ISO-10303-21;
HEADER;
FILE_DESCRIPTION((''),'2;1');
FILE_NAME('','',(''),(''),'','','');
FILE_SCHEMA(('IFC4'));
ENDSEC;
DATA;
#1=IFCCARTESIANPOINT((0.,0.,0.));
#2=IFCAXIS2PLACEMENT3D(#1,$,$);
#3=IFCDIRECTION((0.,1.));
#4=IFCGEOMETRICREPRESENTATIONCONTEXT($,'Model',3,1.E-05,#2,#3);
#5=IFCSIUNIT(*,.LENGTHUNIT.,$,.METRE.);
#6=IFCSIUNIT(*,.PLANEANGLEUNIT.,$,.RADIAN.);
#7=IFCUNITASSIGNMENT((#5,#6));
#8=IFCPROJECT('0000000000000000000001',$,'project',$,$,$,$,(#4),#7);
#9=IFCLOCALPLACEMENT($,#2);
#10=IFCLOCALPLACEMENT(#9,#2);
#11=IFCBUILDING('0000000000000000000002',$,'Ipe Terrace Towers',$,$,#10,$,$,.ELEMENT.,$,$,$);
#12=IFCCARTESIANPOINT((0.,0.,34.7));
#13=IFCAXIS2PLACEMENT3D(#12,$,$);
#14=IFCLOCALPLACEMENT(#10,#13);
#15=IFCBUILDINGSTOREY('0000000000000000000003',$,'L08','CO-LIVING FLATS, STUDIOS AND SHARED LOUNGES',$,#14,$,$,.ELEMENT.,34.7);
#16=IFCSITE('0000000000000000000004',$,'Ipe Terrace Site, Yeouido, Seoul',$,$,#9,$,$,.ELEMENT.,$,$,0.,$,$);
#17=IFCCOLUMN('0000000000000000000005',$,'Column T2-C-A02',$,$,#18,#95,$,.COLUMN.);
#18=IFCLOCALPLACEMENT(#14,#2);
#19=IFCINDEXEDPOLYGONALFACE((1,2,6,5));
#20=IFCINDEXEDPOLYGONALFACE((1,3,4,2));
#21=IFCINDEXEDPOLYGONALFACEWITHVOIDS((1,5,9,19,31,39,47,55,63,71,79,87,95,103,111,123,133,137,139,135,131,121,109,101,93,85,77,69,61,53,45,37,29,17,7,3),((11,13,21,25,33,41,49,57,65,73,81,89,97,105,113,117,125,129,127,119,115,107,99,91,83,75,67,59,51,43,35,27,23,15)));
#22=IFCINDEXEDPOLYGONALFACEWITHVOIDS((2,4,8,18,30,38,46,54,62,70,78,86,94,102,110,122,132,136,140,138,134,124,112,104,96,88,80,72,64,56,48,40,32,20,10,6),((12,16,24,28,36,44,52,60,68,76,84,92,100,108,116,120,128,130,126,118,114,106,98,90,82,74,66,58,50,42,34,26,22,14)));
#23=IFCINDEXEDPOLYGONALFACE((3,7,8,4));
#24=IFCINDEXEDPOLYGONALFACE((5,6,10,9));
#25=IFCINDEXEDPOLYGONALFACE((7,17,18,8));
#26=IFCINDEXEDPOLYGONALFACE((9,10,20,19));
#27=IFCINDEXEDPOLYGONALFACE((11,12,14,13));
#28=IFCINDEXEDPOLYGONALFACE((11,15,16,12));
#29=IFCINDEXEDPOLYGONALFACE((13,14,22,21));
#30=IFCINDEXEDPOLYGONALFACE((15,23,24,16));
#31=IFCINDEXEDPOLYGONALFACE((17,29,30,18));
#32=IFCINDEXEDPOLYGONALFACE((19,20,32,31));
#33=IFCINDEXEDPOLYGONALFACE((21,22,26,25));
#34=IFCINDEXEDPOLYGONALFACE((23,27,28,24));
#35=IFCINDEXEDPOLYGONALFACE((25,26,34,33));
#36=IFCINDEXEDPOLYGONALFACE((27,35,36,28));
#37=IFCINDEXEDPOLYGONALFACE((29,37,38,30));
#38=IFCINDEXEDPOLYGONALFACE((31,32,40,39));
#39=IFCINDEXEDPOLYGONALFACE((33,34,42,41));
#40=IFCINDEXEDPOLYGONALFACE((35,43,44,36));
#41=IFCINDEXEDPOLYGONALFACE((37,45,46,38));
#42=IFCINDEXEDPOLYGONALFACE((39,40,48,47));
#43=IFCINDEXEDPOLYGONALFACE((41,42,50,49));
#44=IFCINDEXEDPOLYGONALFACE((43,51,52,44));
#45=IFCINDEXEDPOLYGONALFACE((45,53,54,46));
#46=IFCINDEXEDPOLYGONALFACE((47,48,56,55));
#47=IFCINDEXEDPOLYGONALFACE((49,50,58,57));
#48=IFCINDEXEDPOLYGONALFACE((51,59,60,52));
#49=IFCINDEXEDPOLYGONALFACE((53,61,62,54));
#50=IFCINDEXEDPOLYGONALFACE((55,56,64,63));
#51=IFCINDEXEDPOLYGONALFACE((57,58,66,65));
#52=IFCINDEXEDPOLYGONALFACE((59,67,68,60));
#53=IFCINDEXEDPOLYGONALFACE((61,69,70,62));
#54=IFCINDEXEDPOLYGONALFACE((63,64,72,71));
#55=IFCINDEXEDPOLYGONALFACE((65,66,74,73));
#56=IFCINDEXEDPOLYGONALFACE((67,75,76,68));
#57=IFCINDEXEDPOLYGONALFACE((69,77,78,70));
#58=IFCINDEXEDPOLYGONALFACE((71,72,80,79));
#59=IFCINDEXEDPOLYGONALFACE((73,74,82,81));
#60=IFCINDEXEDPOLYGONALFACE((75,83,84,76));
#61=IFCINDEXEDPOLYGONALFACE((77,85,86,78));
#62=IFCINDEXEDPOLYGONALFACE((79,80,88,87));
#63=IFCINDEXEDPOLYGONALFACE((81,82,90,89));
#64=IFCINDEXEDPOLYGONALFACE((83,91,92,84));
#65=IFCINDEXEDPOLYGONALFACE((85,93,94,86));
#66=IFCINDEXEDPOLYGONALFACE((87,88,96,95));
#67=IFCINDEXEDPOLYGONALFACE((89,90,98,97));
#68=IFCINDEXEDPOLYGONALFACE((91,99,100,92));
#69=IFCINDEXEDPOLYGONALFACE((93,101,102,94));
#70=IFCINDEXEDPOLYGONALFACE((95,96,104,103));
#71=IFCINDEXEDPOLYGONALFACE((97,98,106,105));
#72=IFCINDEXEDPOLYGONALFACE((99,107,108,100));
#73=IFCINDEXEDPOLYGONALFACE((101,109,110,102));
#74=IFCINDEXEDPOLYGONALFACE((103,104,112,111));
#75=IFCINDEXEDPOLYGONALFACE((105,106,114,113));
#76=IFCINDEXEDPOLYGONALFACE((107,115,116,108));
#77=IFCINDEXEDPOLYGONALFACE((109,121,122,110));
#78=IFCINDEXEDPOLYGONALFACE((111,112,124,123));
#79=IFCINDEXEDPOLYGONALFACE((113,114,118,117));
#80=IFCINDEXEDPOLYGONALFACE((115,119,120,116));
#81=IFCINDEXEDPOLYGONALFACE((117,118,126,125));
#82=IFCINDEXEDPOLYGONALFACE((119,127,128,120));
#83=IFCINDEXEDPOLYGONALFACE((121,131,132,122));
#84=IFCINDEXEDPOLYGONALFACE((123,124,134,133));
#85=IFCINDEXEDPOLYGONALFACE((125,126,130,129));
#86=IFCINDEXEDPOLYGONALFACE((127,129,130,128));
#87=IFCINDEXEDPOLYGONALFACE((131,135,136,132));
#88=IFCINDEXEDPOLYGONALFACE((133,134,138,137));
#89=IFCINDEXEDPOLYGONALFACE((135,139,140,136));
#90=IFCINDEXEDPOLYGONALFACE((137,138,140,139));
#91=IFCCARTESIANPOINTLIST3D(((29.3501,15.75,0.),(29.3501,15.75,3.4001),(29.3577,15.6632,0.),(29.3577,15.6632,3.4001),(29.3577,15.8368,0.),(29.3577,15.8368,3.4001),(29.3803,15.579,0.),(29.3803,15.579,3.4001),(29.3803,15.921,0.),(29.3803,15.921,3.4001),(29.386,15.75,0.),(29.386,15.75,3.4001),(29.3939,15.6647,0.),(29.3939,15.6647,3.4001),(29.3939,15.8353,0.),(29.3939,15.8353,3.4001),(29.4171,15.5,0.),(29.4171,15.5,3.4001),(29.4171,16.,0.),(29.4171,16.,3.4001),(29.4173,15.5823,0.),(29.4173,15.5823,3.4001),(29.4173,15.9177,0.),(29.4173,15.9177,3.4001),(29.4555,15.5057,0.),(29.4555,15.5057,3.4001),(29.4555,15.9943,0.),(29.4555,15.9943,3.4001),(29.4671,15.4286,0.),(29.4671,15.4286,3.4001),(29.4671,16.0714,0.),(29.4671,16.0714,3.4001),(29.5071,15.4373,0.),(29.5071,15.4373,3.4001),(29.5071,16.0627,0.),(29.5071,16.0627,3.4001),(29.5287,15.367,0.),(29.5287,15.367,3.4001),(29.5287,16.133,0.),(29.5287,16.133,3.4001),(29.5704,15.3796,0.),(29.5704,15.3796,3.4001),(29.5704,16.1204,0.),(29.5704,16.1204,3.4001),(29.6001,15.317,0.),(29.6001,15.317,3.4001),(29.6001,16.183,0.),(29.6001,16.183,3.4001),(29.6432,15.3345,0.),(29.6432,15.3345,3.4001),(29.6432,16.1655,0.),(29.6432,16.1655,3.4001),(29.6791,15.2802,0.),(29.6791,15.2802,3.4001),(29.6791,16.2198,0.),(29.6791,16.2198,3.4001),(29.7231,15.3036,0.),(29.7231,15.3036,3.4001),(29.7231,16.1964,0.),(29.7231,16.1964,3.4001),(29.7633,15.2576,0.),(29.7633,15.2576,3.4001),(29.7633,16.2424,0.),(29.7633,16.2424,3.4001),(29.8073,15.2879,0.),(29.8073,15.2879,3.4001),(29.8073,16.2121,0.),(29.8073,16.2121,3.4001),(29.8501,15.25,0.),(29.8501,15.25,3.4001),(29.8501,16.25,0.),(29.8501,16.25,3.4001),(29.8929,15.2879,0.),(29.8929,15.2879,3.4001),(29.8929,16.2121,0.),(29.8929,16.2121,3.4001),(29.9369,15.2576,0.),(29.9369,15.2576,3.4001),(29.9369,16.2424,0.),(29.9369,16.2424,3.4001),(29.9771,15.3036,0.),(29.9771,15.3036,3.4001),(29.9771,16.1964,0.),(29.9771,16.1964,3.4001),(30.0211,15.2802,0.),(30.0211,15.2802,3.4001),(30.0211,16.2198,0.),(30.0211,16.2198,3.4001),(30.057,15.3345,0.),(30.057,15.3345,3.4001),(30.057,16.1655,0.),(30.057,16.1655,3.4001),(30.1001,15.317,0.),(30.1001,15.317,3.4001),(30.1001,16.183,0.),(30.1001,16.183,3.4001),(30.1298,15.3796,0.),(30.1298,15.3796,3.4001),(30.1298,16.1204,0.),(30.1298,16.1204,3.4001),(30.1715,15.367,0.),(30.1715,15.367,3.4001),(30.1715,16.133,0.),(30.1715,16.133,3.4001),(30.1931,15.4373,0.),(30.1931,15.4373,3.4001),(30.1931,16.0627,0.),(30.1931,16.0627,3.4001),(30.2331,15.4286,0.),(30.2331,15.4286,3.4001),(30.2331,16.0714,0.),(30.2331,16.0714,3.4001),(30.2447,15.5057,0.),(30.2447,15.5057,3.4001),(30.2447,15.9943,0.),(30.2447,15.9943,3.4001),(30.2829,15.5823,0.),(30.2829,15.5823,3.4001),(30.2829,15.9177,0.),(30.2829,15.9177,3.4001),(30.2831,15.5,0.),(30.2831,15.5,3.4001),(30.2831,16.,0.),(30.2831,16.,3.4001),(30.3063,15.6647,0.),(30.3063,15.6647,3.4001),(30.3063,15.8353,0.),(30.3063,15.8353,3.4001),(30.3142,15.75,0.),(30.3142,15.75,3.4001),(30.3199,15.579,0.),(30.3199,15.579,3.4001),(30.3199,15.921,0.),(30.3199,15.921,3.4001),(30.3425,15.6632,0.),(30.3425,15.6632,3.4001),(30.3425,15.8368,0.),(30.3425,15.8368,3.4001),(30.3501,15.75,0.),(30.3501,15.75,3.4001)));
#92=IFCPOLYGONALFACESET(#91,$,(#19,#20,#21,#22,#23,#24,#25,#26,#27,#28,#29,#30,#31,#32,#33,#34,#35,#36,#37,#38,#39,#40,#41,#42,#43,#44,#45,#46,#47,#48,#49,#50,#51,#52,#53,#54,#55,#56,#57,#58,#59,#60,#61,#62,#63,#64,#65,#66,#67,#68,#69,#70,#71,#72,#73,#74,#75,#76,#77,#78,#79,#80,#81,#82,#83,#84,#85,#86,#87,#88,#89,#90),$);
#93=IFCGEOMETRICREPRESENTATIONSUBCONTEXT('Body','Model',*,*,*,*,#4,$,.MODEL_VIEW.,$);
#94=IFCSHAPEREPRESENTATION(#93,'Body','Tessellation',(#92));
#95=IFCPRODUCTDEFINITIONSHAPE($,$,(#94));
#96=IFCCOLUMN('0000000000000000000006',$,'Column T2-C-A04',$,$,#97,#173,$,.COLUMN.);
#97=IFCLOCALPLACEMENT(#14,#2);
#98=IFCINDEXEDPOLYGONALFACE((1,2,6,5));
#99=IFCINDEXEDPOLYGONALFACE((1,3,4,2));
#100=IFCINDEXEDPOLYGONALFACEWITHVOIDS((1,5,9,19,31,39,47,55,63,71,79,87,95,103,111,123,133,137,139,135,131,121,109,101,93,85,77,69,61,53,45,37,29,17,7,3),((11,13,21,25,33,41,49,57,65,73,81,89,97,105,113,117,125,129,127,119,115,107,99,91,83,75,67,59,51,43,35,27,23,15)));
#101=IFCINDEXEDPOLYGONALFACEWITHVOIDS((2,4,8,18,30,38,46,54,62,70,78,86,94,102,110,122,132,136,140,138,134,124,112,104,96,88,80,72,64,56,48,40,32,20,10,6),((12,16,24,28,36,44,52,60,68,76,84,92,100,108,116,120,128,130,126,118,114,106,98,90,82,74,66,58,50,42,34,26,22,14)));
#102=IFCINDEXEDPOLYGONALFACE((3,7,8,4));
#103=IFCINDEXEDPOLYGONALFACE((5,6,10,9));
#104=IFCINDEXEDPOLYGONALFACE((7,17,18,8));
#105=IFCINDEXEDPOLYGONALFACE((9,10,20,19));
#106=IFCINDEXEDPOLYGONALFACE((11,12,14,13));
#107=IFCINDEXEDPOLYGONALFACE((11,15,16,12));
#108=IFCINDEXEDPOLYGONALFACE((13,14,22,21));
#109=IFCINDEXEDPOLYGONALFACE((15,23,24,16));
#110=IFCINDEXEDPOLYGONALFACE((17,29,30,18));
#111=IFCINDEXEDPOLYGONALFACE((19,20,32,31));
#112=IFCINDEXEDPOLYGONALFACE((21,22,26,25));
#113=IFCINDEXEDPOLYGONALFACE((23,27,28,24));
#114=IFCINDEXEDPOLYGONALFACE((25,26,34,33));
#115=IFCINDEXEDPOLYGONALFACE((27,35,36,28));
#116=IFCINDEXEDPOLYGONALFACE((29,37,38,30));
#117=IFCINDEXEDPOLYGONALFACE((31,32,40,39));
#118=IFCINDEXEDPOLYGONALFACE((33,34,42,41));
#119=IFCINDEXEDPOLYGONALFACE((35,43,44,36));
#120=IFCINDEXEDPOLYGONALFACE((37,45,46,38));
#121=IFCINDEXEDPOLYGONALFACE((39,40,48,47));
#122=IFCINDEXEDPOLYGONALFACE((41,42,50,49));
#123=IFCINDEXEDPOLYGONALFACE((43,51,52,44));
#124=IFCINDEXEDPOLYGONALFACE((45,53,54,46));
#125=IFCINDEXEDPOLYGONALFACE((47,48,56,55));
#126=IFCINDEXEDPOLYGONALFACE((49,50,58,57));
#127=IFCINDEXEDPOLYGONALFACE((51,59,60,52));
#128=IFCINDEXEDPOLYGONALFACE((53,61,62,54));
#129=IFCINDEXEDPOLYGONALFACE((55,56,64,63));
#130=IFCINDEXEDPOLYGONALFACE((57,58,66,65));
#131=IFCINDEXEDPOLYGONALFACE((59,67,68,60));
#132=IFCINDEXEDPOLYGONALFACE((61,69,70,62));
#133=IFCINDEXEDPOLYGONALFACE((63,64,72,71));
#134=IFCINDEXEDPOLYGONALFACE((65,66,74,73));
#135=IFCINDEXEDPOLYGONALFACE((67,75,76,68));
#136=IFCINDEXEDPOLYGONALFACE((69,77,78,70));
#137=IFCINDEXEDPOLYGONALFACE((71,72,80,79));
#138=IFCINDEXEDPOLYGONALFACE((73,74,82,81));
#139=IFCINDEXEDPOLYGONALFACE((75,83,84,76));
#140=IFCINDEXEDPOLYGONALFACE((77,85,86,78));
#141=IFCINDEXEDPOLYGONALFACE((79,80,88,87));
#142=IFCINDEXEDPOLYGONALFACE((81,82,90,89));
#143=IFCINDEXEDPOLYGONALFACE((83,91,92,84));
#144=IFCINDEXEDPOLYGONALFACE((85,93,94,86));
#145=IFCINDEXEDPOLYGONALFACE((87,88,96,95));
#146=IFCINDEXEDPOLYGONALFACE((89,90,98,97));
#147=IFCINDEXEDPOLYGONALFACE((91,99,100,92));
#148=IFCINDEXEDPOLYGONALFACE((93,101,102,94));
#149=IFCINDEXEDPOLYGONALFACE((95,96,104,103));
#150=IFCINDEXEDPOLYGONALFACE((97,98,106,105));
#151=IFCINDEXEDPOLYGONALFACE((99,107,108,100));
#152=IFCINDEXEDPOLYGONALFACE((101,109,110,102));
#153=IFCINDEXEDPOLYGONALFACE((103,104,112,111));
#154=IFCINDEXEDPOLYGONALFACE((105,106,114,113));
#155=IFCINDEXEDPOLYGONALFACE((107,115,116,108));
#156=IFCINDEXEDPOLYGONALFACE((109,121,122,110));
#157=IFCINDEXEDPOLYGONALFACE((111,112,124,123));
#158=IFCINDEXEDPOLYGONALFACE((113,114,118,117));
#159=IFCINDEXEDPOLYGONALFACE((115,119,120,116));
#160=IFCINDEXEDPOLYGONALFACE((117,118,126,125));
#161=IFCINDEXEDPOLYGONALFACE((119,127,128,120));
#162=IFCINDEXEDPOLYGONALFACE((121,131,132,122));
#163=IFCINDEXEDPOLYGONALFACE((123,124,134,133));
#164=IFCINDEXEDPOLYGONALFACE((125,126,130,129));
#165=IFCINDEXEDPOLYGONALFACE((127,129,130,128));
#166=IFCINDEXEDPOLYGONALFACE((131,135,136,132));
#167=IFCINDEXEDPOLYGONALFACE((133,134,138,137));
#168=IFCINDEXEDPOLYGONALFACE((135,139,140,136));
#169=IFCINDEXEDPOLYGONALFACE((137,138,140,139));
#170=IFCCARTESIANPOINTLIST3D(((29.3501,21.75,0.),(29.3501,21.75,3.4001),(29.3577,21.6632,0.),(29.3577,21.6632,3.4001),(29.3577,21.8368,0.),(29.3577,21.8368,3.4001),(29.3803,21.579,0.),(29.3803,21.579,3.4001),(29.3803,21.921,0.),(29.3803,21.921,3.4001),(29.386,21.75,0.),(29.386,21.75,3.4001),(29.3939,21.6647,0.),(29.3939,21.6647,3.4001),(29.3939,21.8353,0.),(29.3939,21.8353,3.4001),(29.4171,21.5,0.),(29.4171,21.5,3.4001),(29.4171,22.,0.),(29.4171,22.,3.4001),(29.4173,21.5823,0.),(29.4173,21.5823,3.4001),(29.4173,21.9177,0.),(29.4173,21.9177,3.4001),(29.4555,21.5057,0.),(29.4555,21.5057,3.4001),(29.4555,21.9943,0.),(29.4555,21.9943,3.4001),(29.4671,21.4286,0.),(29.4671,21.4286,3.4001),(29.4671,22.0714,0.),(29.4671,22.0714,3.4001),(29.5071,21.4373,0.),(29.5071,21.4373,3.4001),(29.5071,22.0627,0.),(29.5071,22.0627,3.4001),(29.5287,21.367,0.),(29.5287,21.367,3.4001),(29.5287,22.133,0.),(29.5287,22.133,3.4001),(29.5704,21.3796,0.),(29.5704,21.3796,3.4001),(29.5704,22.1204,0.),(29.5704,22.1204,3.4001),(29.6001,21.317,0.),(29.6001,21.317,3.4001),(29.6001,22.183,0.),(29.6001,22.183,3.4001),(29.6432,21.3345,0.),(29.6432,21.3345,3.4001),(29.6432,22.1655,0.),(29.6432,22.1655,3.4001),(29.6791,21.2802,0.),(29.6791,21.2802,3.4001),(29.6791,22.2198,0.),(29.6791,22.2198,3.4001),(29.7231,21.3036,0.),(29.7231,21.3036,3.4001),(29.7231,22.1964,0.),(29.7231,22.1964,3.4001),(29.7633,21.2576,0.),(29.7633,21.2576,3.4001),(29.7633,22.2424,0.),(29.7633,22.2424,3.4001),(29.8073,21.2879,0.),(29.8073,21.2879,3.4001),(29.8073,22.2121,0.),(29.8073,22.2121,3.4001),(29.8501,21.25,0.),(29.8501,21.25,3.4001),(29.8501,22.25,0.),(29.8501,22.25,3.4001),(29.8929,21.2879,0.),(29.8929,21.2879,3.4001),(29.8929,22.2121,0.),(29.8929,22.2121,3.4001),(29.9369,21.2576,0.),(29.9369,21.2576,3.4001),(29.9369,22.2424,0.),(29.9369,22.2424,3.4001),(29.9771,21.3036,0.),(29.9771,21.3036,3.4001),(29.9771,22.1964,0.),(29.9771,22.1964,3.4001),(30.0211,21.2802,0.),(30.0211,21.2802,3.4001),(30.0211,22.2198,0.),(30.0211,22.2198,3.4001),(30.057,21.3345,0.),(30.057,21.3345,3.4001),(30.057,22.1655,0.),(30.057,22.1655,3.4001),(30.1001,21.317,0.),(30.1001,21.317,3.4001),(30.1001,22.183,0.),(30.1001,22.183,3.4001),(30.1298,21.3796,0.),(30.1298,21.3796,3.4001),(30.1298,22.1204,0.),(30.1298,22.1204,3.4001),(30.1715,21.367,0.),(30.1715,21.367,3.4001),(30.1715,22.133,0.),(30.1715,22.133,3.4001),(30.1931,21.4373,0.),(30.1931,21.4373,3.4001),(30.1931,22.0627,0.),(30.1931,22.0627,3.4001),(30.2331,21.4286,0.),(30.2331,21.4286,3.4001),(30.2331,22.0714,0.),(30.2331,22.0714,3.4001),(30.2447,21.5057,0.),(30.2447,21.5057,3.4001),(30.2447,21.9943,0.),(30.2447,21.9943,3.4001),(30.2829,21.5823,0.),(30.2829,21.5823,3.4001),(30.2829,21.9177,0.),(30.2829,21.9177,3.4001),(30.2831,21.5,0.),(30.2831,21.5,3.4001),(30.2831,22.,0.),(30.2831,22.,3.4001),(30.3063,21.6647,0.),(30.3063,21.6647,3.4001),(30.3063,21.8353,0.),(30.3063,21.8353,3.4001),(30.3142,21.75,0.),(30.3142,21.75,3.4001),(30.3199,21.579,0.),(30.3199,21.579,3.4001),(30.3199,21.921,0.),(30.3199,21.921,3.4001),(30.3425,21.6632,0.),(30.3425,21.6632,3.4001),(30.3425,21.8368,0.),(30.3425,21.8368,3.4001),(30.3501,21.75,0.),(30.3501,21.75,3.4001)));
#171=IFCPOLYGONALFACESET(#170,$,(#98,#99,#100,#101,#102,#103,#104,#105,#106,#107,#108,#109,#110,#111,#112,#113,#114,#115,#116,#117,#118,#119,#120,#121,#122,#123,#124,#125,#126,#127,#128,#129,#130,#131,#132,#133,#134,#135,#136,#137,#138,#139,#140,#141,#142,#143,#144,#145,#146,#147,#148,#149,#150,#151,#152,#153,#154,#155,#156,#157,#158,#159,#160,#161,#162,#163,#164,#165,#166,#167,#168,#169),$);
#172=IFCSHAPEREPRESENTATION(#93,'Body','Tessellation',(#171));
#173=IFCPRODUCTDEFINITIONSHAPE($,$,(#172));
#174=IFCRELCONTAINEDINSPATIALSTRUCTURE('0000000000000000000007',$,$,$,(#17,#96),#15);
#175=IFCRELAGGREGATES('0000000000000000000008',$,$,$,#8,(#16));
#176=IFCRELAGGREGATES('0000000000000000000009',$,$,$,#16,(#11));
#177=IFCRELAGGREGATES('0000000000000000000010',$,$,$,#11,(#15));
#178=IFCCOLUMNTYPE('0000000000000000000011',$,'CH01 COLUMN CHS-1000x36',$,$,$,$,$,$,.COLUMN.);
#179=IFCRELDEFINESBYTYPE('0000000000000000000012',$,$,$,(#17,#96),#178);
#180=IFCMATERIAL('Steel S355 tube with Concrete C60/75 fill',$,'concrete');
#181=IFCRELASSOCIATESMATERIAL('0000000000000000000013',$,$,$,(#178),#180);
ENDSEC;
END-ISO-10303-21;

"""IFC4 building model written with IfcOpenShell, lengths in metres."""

from ifc_helpers import new_model, si_unit, direction, frame, origin, origin_2d, place, context, subcontext, project, spatial, hollow_circle, extrude, material, material_profile, profile_set, type_object, element, save


model = new_model("IFC4")

# Units and contexts
model_context = context("Model", 3, precision=1e-05, world=origin(), true_north=direction((0.0, 1.0)))
body_context = subcontext(model_context, "Body", "Model", "MODEL_VIEW")
ifc_project = project(units=[si_unit("LENGTHUNIT", "METRE"), si_unit("PLANEANGLEUNIT", "RADIAN")], contexts=[model_context])

# Site, building, storey
site_placement = place(None, origin())
site = spatial("IfcSite", under=ifc_project, at=site_placement, Name="Ipe Terrace Site, Yeouido, Seoul", CompositionType="ELEMENT", RefElevation=0.0)
building_placement = place(site_placement, origin())
building = spatial("IfcBuilding", under=site, at=building_placement, Name="Ipe Terrace Towers", CompositionType="ELEMENT")
storey_placement = place(building_placement, frame((0.0, 0.0, 34.7)))
storey = spatial("IfcBuildingStorey", under=building, at=storey_placement, Name="L08", Description="CO-LIVING FLATS, STUDIOS AND SHARED LOUNGES", CompositionType="ELEMENT", Elevation=34.7)

# Columns
ifc_material_1 = material(Name="Steel S355 tube with Concrete C60/75 fill", Category="concrete")
ifc_material_profile_1 = material_profile(ifc_material_1, hollow_circle(Radius=0.5, WallThickness=0.0359, at=origin_2d()), Name="CHS-1000x36")
ifc_profile_set_1 = profile_set([ifc_material_profile_1], Name="Steel S355 tube with Concrete C60/75 fill")
column_type_1 = type_object("IfcColumnType", Name="CH01 COLUMN CHS-1000x36", PredefinedType="COLUMN", material=ifc_profile_set_1)
for number, where, z_axis, x_axis, name in (
    (1, (29.8501, 15.75, 0.0), (0.0, 0.0, 1.0), (1.0, 0.0, 0.0), "Column T2-C-A02"),
    (2, (29.8501, 21.75, 0.0), (0.0, 0.0, 1.0), (1.0, 0.0, 0.0), "Column T2-C-A04"),
):
    element("IfcColumn", number, at=place(storey_placement, frame(where, z_axis=z_axis, x_axis=x_axis)), inside=storey, type_object=column_type_1, Name=name, PredefinedType="COLUMN", context=body_context, shape_type="SweptSolid", body=[
        extrude(hollow_circle(Radius=0.5, WallThickness=0.0359, at=origin_2d()), origin(), (0.0, 0.0, 1.0), 3.4001),
    ])

save(model, "model.ifc")
